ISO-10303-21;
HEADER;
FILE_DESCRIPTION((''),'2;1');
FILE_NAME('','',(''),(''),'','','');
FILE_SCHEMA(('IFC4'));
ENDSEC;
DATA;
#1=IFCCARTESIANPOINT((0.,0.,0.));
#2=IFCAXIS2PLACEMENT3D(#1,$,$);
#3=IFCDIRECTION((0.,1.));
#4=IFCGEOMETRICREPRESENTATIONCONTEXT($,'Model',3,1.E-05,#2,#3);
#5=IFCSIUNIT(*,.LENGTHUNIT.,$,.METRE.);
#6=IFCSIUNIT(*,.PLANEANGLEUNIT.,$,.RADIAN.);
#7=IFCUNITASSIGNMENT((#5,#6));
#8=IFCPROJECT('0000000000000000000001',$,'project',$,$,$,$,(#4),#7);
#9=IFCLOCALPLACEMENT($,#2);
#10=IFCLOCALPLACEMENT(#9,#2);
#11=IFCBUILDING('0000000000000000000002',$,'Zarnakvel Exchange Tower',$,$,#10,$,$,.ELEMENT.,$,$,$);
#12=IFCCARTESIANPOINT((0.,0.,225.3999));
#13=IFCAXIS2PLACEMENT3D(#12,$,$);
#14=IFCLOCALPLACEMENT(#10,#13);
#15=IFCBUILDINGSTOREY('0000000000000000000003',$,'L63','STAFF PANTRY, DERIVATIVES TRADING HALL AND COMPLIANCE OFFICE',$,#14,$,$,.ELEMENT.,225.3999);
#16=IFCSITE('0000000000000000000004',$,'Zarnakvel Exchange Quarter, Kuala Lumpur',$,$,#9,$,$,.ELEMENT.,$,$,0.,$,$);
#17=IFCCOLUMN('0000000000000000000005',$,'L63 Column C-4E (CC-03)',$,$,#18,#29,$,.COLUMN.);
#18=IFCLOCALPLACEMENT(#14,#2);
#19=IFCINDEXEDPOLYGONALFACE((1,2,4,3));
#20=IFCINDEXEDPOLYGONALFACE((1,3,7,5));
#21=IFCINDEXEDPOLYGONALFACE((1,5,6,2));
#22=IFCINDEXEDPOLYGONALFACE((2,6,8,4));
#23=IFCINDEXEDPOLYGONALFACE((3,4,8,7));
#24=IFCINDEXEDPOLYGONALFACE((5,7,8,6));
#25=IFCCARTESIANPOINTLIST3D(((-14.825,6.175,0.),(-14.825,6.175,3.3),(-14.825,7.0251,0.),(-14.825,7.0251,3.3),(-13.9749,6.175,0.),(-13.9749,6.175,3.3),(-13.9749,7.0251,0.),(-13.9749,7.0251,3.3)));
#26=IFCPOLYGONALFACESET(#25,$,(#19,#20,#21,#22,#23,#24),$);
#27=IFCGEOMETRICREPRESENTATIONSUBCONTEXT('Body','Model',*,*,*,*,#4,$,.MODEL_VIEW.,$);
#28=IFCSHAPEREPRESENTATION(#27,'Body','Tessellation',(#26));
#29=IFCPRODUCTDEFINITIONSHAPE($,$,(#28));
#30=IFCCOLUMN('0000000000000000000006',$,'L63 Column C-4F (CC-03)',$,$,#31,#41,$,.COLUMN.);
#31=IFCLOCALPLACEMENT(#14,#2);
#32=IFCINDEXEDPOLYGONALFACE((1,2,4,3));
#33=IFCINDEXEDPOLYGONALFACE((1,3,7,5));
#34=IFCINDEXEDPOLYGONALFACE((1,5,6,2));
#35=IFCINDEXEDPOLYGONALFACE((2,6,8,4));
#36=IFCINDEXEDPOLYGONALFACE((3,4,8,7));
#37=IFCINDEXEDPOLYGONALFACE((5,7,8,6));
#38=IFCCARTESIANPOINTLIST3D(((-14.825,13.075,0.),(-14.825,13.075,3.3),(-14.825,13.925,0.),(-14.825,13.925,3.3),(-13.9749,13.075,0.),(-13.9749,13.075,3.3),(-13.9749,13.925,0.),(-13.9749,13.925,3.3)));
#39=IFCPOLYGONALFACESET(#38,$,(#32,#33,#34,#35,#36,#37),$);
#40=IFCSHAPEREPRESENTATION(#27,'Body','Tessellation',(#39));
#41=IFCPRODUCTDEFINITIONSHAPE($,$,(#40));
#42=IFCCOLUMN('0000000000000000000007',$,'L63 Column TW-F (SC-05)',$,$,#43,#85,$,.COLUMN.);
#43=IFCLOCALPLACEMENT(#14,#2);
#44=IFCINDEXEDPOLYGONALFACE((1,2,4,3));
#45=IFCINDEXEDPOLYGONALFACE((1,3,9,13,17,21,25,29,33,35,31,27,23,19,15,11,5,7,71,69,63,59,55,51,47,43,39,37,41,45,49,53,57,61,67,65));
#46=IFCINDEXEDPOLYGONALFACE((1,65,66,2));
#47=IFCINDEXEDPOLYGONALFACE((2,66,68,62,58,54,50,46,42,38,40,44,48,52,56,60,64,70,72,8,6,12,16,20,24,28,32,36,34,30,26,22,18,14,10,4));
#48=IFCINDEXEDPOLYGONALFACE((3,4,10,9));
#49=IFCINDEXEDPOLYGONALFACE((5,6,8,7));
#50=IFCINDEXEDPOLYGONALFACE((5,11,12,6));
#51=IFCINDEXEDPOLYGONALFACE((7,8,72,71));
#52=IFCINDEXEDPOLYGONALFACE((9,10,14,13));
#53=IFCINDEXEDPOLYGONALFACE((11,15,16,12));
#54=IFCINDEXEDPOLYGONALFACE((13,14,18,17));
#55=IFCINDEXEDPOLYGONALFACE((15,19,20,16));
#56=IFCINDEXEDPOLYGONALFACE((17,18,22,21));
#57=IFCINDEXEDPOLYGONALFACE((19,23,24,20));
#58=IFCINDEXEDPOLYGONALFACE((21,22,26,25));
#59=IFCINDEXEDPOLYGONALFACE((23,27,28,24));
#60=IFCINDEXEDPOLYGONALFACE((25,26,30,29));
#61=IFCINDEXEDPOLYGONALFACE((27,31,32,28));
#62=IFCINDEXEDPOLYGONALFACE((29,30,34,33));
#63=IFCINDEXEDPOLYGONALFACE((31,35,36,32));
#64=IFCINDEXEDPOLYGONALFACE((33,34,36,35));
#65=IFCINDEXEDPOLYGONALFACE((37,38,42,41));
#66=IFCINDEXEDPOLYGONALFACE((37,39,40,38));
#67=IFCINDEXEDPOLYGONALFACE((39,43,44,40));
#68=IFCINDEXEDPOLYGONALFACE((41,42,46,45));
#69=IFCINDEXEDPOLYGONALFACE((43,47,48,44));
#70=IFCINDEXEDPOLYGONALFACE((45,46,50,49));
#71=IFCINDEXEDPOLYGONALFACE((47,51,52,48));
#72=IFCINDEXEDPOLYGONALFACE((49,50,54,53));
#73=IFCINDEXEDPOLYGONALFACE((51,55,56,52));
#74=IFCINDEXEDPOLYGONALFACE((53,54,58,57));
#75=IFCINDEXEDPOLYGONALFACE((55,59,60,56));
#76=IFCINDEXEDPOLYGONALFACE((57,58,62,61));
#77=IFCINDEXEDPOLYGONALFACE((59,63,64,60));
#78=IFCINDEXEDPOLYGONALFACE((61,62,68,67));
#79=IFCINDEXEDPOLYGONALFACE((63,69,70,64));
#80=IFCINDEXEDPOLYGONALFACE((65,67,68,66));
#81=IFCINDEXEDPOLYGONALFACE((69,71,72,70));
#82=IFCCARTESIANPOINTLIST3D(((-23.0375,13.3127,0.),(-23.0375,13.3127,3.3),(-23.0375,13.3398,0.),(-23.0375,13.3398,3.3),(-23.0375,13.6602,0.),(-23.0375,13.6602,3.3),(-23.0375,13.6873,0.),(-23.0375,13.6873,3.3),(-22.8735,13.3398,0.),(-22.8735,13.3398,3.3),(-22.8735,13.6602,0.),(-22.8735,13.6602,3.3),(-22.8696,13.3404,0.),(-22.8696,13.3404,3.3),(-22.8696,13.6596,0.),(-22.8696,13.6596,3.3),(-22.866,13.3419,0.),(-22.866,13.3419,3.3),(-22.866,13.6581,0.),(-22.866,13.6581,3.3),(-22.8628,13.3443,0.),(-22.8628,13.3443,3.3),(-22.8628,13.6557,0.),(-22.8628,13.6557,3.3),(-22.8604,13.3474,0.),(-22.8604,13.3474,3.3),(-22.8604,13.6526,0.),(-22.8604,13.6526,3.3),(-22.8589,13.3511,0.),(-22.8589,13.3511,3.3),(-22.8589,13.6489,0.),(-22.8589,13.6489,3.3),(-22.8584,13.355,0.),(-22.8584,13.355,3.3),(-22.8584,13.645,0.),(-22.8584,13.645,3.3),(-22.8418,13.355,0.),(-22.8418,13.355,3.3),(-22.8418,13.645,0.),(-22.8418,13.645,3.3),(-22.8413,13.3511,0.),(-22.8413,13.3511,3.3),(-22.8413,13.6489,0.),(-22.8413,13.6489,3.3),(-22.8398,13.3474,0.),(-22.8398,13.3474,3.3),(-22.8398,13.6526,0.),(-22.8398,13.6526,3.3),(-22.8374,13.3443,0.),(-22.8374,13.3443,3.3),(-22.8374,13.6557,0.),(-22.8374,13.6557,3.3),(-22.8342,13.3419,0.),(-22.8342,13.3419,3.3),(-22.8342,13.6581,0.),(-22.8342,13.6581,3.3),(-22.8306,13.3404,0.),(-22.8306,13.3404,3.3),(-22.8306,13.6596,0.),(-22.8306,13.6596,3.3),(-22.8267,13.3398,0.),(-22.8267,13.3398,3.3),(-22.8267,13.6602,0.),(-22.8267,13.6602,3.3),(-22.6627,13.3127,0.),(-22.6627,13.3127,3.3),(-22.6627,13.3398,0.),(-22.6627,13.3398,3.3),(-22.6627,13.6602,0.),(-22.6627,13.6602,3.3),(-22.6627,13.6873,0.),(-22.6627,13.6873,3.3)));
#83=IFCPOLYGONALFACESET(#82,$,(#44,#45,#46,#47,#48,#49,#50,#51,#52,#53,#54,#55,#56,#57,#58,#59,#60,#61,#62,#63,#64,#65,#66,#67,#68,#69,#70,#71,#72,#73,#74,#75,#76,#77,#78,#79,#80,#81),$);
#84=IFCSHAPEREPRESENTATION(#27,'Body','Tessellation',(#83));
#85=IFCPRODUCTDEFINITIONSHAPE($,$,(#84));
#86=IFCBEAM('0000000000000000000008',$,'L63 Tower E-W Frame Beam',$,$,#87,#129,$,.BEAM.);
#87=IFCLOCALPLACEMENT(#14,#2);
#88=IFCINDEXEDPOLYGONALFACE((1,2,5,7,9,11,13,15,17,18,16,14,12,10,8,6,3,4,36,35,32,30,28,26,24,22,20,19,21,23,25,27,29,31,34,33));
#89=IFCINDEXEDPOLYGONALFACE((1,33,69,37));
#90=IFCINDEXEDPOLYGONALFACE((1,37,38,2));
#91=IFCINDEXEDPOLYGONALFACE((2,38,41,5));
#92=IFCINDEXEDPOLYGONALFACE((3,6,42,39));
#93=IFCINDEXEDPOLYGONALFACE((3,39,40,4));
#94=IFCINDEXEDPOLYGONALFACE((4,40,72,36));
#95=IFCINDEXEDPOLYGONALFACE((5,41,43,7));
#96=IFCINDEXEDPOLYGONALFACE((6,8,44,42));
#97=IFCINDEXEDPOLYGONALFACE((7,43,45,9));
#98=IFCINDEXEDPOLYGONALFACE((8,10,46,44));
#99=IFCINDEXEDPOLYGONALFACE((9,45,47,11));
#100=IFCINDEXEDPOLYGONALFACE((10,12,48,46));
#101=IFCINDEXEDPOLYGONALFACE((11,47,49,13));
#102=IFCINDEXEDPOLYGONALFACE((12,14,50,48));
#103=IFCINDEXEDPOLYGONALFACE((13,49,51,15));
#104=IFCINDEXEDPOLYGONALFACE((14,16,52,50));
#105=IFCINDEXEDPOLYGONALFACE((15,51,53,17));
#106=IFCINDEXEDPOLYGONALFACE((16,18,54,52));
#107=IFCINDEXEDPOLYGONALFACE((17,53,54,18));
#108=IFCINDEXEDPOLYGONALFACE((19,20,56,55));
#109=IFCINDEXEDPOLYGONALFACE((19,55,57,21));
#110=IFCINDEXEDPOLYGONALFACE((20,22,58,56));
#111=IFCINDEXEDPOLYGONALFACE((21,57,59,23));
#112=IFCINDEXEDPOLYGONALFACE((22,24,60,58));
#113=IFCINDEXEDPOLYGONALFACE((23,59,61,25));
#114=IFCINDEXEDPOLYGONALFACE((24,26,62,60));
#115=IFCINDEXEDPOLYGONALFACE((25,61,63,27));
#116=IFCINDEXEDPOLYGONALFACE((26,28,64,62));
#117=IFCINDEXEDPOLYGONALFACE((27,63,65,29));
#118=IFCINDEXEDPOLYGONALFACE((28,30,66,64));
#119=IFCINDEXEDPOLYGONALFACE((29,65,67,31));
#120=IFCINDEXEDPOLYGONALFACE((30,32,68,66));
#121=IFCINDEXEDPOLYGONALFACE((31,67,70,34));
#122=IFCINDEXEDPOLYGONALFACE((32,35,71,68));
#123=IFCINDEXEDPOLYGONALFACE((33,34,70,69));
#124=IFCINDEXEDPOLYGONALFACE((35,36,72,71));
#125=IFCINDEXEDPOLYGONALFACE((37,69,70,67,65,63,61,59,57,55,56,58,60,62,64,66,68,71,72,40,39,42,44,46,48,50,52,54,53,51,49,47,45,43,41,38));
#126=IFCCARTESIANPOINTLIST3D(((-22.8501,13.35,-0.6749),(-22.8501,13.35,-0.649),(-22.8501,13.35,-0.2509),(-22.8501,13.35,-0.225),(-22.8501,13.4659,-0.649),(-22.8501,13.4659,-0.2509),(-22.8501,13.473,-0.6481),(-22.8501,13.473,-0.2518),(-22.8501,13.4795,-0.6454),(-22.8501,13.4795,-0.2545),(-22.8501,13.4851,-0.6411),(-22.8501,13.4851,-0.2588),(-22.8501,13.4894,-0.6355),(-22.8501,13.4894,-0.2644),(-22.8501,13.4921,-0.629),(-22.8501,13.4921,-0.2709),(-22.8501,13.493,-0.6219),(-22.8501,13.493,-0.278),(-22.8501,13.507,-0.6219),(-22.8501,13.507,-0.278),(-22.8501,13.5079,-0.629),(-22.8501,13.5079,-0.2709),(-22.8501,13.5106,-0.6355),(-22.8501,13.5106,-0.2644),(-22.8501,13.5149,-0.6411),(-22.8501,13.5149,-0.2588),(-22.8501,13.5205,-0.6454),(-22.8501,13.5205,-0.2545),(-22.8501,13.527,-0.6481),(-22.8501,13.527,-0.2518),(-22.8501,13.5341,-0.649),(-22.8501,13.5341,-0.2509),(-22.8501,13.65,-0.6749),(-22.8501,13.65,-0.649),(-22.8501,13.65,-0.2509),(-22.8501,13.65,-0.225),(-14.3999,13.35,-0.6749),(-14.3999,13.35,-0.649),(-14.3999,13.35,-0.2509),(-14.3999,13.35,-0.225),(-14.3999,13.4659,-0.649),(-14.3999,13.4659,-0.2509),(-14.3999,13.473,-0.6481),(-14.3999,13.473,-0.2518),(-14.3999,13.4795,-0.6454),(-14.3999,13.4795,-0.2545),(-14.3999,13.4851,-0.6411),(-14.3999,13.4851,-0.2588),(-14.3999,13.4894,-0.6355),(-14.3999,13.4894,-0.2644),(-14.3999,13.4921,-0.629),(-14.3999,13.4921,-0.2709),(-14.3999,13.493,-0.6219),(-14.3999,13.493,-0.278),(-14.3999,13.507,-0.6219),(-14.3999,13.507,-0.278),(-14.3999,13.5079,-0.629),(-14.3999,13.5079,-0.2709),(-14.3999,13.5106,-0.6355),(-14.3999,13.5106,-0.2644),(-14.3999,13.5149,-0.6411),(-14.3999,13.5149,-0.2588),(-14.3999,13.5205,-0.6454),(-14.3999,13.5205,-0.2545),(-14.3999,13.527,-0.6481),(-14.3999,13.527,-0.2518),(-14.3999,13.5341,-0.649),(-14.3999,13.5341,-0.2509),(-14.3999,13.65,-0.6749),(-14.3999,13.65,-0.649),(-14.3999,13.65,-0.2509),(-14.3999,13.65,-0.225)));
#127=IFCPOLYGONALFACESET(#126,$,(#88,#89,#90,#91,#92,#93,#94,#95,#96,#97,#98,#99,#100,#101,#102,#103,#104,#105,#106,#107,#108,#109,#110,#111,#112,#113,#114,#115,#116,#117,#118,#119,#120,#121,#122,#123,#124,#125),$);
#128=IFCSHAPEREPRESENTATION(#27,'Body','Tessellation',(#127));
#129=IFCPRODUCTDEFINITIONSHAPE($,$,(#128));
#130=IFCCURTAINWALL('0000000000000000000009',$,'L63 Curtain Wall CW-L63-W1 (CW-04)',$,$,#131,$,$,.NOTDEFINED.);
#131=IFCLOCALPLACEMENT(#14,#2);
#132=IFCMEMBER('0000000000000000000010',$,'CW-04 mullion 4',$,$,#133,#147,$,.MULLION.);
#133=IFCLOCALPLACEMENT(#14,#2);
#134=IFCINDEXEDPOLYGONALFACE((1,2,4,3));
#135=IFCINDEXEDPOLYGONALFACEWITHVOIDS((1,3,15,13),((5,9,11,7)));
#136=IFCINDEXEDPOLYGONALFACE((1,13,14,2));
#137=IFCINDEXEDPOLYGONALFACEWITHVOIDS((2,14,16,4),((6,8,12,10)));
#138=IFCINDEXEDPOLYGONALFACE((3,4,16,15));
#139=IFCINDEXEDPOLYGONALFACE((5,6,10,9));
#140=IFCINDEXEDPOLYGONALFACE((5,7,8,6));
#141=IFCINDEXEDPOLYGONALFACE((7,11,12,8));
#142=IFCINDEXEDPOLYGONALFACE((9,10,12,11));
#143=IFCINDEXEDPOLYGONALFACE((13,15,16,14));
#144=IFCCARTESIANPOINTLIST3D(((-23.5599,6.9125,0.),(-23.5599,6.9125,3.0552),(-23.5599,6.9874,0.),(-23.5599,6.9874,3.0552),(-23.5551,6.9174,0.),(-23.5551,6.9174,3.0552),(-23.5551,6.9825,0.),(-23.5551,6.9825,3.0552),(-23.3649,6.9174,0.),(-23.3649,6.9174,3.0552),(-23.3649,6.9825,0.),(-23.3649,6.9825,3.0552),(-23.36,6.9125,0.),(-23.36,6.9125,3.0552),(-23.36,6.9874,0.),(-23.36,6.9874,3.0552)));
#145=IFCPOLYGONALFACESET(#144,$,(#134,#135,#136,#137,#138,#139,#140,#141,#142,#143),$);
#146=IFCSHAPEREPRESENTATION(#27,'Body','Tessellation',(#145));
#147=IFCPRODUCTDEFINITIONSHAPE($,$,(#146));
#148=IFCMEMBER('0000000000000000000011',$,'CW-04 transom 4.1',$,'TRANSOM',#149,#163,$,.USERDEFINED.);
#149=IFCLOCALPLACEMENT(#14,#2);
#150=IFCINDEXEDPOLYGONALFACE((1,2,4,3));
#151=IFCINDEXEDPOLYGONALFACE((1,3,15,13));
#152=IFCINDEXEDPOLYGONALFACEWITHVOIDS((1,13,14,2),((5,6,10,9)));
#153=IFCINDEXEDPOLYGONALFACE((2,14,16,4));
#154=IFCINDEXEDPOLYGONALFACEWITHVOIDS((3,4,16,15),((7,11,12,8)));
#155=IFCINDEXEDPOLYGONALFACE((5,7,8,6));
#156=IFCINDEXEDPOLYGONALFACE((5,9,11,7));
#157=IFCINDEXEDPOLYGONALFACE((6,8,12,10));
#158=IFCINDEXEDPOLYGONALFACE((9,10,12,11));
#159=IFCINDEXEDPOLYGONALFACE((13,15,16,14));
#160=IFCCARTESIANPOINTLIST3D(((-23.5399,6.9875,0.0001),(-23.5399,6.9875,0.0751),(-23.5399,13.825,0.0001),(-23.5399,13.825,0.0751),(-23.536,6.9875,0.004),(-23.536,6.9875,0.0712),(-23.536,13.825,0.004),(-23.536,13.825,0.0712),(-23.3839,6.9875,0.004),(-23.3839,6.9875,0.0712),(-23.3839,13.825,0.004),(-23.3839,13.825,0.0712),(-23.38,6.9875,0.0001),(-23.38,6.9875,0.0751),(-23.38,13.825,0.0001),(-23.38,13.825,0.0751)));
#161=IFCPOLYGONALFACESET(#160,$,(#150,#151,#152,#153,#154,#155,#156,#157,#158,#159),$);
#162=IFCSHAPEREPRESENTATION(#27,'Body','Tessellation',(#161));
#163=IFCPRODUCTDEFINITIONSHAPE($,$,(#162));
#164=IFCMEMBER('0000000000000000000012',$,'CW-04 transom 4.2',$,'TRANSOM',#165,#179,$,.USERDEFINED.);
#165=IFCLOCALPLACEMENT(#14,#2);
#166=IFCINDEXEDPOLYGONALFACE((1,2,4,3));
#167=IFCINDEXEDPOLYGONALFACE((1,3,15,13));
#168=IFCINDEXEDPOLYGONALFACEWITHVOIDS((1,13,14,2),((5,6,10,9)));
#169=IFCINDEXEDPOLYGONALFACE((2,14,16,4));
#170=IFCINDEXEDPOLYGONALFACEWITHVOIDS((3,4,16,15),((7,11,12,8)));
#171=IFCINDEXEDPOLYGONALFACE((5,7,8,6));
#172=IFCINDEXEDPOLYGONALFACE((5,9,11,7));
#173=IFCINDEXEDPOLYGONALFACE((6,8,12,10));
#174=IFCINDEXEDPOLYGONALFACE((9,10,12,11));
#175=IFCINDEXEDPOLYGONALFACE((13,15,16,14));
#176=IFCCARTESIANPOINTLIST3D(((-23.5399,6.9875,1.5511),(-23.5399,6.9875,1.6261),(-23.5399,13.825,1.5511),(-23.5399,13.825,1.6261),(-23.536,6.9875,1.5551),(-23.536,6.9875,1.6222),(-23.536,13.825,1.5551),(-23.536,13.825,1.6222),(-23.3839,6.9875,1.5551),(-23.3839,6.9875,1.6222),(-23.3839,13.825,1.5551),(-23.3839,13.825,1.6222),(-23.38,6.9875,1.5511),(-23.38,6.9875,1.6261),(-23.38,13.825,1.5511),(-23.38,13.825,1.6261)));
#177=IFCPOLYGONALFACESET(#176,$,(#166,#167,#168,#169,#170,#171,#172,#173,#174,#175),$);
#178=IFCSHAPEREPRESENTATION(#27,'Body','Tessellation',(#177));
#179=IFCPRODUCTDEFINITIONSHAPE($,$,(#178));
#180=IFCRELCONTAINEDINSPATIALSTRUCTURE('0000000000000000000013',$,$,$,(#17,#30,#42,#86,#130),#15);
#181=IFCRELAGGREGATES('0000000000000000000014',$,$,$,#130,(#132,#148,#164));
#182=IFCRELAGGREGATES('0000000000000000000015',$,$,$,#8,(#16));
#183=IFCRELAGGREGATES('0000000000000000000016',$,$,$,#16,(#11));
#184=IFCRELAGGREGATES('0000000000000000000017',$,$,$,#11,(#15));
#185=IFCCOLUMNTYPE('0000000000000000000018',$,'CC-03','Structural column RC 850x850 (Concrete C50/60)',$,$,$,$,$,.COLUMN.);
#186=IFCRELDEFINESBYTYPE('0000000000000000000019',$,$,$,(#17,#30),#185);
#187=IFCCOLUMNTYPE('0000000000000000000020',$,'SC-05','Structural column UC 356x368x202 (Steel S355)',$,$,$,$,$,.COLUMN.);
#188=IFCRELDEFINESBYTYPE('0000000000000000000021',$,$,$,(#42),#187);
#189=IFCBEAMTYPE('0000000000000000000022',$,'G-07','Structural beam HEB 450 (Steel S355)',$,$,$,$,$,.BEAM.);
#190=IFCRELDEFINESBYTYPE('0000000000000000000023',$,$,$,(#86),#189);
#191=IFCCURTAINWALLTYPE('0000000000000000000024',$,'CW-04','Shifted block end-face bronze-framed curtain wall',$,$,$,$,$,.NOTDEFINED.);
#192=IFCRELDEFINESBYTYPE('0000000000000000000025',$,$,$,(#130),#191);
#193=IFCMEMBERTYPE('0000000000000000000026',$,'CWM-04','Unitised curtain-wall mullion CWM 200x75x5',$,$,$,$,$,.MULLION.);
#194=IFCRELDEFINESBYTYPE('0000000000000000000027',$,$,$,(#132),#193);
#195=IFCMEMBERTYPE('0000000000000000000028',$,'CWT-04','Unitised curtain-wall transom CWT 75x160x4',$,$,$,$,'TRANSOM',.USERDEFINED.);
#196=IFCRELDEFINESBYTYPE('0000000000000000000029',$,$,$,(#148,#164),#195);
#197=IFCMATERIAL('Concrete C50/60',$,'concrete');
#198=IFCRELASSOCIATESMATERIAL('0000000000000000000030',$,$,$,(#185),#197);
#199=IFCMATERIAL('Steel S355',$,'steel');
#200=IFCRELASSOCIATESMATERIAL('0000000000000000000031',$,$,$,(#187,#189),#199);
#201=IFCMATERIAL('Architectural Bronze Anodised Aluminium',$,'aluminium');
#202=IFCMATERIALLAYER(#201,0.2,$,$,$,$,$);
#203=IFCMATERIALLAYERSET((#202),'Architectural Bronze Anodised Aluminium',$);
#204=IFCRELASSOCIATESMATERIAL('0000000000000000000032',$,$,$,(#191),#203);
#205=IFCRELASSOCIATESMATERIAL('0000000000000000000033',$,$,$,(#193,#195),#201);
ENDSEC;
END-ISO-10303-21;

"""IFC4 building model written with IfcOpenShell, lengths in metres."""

from ifc_helpers import new_model, si_unit, direction, frame, origin, origin_2d, place, context, subcontext, project, spatial, rectangle, hollow_rectangle, i_section, extrude, source, transform, mapped, material, layer, layer_set, material_profile, profile_set, type_object, element, aggregate, save


model = new_model("IFC4")

# Units and contexts
model_context = context("Model", 3, precision=1e-05, world=origin(), true_north=direction((0.0, 1.0)))
body_context = subcontext(model_context, "Body", "Model", "MODEL_VIEW")
ifc_project = project(units=[si_unit("LENGTHUNIT", "METRE"), si_unit("PLANEANGLEUNIT", "RADIAN")], contexts=[model_context])

# Site, building, storey
site_placement = place(None, origin())
site = spatial("IfcSite", under=ifc_project, at=site_placement, Name="Zarnakvel Exchange Quarter, Kuala Lumpur", CompositionType="ELEMENT", RefElevation=0.0)
building_placement = place(site_placement, origin())
building = spatial("IfcBuilding", under=site, at=building_placement, Name="Zarnakvel Exchange Tower", CompositionType="ELEMENT")
storey_placement = place(building_placement, frame((0.0, 0.0, 225.3999)))
storey = spatial("IfcBuildingStorey", under=building, at=storey_placement, Name="L63", Description="STAFF PANTRY, DERIVATIVES TRADING HALL AND COMPLIANCE OFFICE", CompositionType="ELEMENT", Elevation=225.3999)

# Columns
ifc_material_1 = material(Name="Concrete C50/60", Category="concrete")
ifc_material_profile_1 = material_profile(ifc_material_1, rectangle(XDim=0.8501, YDim=0.8501, at=origin_2d()))
ifc_profile_set_1 = profile_set([ifc_material_profile_1], Name="Concrete C50/60")
column_type_1 = type_object("IfcColumnType", Name="CC-03", Description="Structural column RC 850x850 (Concrete C50/60)", PredefinedType="COLUMN", material=ifc_profile_set_1)
for number, where, z_axis, x_axis, name in (
    (1, (-14.3999, 6.6001, 0.0), (0.0, 0.0, 1.0), (1.0, 0.0, 0.0), "L63 Column C-4E (CC-03)"),
    (2, (-14.3999, 13.5, 0.0), (0.0, 0.0, 1.0), (1.0, 0.0, 0.0), "L63 Column C-4F (CC-03)"),
):
    element("IfcColumn", number, at=place(storey_placement, frame(where, z_axis=z_axis, x_axis=x_axis)), inside=storey, type_object=column_type_1, Name=name, PredefinedType="COLUMN", context=body_context, shape_type="SweptSolid", body=[
        extrude(rectangle(XDim=0.8501, YDim=0.8501, at=origin_2d()), origin(), (0.0, 0.0, 1.0), 3.3),
    ])
ifc_material_2 = material(Name="Steel S355", Category="steel")
ifc_material_profile_2 = material_profile(ifc_material_2, i_section(OverallWidth=0.3748, OverallDepth=0.3745, WebThickness=0.0166, FlangeThickness=0.0271, FilletRadius=0.0151, at=origin_2d()))
ifc_profile_set_2 = profile_set([ifc_material_profile_2], Name="Steel S355")
column_type_2 = type_object("IfcColumnType", Name="SC-05", Description="Structural column UC 356x368x202 (Steel S355)", PredefinedType="COLUMN", material=ifc_profile_set_2)
column_placement = place(storey_placement, frame((-22.8501, 13.5, 0.0), z_axis=(0.0, 0.0, 1.0), x_axis=(1.0, 0.0, 0.0)))
element("IfcColumn", 3, at=column_placement, inside=storey, type_object=column_type_2, Name="L63 Column TW-F (SC-05)", PredefinedType="COLUMN", context=body_context, shape_type="SweptSolid", body=[
    extrude(i_section(OverallWidth=0.3748, OverallDepth=0.3745, WebThickness=0.0166, FlangeThickness=0.0271, FilletRadius=0.0151, at=origin_2d()), origin(), (0.0, 0.0, 1.0), 3.3),
])

# Beam
ifc_material_profile_3 = material_profile(ifc_material_2, i_section(OverallWidth=0.3, OverallDepth=0.45, WebThickness=0.0139, FlangeThickness=0.0259, FilletRadius=0.0271, at=origin_2d()))
ifc_profile_set_3 = profile_set([ifc_material_profile_3], Name="Steel S355")
beam_type = type_object("IfcBeamType", Name="G-07", Description="Structural beam HEB 450 (Steel S355)", PredefinedType="BEAM", material=ifc_profile_set_3)
beam_placement = place(storey_placement, frame((-22.8501, 13.5, -0.45), z_axis=(1.0, 0.0, 0.0), x_axis=(0.0, 1.0, 0.0)))
element("IfcBeam", 4, at=beam_placement, inside=storey, type_object=beam_type, Name="L63 Tower E-W Frame Beam", PredefinedType="BEAM", context=body_context, shape_type="SweptSolid", body=[
    extrude(i_section(OverallWidth=0.3, OverallDepth=0.45, WebThickness=0.0139, FlangeThickness=0.0259, FilletRadius=0.0271, at=origin_2d()), origin(), (0.0, 0.0, 1.0), 8.4502),
])

# Curtain wall, members
ifc_material_3 = material(Name="Architectural Bronze Anodised Aluminium", Category="aluminium")
ifc_layer_1 = layer(ifc_material_3, 0.2)
ifc_layer_set_1 = layer_set([ifc_layer_1], Name="Architectural Bronze Anodised Aluminium")
curtain_wall_type = type_object("IfcCurtainWallType", Name="CW-04", Description="Shifted block end-face bronze-framed curtain wall", PredefinedType="NOTDEFINED", material=ifc_layer_set_1)
curtain_wall_placement = place(storey_placement, origin())
curtain_wall = element("IfcCurtainWall", 5, at=curtain_wall_placement, inside=storey, type_object=curtain_wall_type, Name="L63 Curtain Wall CW-L63-W1 (CW-04)", PredefinedType="NOTDEFINED")
ifc_material_profile_4 = material_profile(ifc_material_3, hollow_rectangle(XDim=0.2, YDim=0.075, WallThickness=0.0049, at=origin_2d()))
ifc_profile_set_4 = profile_set([ifc_material_profile_4], Name="Architectural Bronze Anodised Aluminium")
member_type_1 = type_object("IfcMemberType", Name="CWM-04", Description="Unitised curtain-wall mullion CWM 200x75x5", PredefinedType="MULLION", material=ifc_profile_set_4)
shared_shape_1 = source(origin(), body_context, "Body", "SweptSolid", [
    extrude(hollow_rectangle(XDim=0.2, YDim=0.075, WallThickness=0.0049, at=origin_2d()), origin(), (0.0, 0.0, 1.0), 3.0552),
])
member_1_placement = place(storey_placement, frame((-23.46, 6.95, 0.0), z_axis=(0.0, 0.0, 1.0), x_axis=(-1.0, 0.0, 0.0)))
member_1 = element("IfcMember", 6, at=member_1_placement, type_object=member_type_1, Name="CW-04 mullion 4", PredefinedType="MULLION", context=body_context, shape_type="MappedRepresentation", body=[
    mapped(shared_shape_1, transform((0.0, 0.0, 0.0), x_axis=(1.0, 0.0, 0.0), y_axis=(0.0, 1.0, 0.0), z_axis=(0.0, 0.0, 1.0), scale=1.0)),
])
ifc_material_profile_5 = material_profile(ifc_material_3, hollow_rectangle(XDim=0.1599, YDim=0.075, WallThickness=0.0039, at=origin_2d()))
ifc_profile_set_5 = profile_set([ifc_material_profile_5], Name="Architectural Bronze Anodised Aluminium")
member_type_2 = type_object("IfcMemberType", Name="CWT-04", Description="Unitised curtain-wall transom CWT 75x160x4", ElementType="TRANSOM", PredefinedType="USERDEFINED", material=ifc_profile_set_5)
shared_shape_2 = source(origin(), body_context, "Body", "SweptSolid", [
    extrude(hollow_rectangle(XDim=0.1599, YDim=0.075, WallThickness=0.0039, at=origin_2d()), origin(), (0.0, 0.0, 1.0), 6.8374),
])
member_2_placement = place(storey_placement, frame((-23.46, 6.9875, 0.0376), z_axis=(0.0, 1.0, 0.0), x_axis=(-1.0, 0.0, 0.0)))
member_2 = element("IfcMember", 7, at=member_2_placement, type_object=member_type_2, Name="CW-04 transom 4.1", ObjectType="TRANSOM", PredefinedType="USERDEFINED", context=body_context, shape_type="MappedRepresentation", body=[
    mapped(shared_shape_2, transform((0.0, 0.0, 0.0), x_axis=(1.0, 0.0, 0.0), y_axis=(0.0, 1.0, 0.0), z_axis=(0.0, 0.0, 1.0), scale=1.0)),
])
member_3_placement = place(storey_placement, frame((-23.46, 6.9875, 1.5886), z_axis=(0.0, 1.0, 0.0), x_axis=(-1.0, 0.0, 0.0)))
member_3 = element("IfcMember", 8, at=member_3_placement, type_object=member_type_2, Name="CW-04 transom 4.2", ObjectType="TRANSOM", PredefinedType="USERDEFINED", context=body_context, shape_type="MappedRepresentation", body=[
    mapped(shared_shape_2, transform((0.0, 0.0, 0.0), x_axis=(1.0, 0.0, 0.0), y_axis=(0.0, 1.0, 0.0), z_axis=(0.0, 0.0, 1.0), scale=1.0)),
])
aggregate(curtain_wall, [member_1, member_2, member_3])

save(model, "model.ifc")
